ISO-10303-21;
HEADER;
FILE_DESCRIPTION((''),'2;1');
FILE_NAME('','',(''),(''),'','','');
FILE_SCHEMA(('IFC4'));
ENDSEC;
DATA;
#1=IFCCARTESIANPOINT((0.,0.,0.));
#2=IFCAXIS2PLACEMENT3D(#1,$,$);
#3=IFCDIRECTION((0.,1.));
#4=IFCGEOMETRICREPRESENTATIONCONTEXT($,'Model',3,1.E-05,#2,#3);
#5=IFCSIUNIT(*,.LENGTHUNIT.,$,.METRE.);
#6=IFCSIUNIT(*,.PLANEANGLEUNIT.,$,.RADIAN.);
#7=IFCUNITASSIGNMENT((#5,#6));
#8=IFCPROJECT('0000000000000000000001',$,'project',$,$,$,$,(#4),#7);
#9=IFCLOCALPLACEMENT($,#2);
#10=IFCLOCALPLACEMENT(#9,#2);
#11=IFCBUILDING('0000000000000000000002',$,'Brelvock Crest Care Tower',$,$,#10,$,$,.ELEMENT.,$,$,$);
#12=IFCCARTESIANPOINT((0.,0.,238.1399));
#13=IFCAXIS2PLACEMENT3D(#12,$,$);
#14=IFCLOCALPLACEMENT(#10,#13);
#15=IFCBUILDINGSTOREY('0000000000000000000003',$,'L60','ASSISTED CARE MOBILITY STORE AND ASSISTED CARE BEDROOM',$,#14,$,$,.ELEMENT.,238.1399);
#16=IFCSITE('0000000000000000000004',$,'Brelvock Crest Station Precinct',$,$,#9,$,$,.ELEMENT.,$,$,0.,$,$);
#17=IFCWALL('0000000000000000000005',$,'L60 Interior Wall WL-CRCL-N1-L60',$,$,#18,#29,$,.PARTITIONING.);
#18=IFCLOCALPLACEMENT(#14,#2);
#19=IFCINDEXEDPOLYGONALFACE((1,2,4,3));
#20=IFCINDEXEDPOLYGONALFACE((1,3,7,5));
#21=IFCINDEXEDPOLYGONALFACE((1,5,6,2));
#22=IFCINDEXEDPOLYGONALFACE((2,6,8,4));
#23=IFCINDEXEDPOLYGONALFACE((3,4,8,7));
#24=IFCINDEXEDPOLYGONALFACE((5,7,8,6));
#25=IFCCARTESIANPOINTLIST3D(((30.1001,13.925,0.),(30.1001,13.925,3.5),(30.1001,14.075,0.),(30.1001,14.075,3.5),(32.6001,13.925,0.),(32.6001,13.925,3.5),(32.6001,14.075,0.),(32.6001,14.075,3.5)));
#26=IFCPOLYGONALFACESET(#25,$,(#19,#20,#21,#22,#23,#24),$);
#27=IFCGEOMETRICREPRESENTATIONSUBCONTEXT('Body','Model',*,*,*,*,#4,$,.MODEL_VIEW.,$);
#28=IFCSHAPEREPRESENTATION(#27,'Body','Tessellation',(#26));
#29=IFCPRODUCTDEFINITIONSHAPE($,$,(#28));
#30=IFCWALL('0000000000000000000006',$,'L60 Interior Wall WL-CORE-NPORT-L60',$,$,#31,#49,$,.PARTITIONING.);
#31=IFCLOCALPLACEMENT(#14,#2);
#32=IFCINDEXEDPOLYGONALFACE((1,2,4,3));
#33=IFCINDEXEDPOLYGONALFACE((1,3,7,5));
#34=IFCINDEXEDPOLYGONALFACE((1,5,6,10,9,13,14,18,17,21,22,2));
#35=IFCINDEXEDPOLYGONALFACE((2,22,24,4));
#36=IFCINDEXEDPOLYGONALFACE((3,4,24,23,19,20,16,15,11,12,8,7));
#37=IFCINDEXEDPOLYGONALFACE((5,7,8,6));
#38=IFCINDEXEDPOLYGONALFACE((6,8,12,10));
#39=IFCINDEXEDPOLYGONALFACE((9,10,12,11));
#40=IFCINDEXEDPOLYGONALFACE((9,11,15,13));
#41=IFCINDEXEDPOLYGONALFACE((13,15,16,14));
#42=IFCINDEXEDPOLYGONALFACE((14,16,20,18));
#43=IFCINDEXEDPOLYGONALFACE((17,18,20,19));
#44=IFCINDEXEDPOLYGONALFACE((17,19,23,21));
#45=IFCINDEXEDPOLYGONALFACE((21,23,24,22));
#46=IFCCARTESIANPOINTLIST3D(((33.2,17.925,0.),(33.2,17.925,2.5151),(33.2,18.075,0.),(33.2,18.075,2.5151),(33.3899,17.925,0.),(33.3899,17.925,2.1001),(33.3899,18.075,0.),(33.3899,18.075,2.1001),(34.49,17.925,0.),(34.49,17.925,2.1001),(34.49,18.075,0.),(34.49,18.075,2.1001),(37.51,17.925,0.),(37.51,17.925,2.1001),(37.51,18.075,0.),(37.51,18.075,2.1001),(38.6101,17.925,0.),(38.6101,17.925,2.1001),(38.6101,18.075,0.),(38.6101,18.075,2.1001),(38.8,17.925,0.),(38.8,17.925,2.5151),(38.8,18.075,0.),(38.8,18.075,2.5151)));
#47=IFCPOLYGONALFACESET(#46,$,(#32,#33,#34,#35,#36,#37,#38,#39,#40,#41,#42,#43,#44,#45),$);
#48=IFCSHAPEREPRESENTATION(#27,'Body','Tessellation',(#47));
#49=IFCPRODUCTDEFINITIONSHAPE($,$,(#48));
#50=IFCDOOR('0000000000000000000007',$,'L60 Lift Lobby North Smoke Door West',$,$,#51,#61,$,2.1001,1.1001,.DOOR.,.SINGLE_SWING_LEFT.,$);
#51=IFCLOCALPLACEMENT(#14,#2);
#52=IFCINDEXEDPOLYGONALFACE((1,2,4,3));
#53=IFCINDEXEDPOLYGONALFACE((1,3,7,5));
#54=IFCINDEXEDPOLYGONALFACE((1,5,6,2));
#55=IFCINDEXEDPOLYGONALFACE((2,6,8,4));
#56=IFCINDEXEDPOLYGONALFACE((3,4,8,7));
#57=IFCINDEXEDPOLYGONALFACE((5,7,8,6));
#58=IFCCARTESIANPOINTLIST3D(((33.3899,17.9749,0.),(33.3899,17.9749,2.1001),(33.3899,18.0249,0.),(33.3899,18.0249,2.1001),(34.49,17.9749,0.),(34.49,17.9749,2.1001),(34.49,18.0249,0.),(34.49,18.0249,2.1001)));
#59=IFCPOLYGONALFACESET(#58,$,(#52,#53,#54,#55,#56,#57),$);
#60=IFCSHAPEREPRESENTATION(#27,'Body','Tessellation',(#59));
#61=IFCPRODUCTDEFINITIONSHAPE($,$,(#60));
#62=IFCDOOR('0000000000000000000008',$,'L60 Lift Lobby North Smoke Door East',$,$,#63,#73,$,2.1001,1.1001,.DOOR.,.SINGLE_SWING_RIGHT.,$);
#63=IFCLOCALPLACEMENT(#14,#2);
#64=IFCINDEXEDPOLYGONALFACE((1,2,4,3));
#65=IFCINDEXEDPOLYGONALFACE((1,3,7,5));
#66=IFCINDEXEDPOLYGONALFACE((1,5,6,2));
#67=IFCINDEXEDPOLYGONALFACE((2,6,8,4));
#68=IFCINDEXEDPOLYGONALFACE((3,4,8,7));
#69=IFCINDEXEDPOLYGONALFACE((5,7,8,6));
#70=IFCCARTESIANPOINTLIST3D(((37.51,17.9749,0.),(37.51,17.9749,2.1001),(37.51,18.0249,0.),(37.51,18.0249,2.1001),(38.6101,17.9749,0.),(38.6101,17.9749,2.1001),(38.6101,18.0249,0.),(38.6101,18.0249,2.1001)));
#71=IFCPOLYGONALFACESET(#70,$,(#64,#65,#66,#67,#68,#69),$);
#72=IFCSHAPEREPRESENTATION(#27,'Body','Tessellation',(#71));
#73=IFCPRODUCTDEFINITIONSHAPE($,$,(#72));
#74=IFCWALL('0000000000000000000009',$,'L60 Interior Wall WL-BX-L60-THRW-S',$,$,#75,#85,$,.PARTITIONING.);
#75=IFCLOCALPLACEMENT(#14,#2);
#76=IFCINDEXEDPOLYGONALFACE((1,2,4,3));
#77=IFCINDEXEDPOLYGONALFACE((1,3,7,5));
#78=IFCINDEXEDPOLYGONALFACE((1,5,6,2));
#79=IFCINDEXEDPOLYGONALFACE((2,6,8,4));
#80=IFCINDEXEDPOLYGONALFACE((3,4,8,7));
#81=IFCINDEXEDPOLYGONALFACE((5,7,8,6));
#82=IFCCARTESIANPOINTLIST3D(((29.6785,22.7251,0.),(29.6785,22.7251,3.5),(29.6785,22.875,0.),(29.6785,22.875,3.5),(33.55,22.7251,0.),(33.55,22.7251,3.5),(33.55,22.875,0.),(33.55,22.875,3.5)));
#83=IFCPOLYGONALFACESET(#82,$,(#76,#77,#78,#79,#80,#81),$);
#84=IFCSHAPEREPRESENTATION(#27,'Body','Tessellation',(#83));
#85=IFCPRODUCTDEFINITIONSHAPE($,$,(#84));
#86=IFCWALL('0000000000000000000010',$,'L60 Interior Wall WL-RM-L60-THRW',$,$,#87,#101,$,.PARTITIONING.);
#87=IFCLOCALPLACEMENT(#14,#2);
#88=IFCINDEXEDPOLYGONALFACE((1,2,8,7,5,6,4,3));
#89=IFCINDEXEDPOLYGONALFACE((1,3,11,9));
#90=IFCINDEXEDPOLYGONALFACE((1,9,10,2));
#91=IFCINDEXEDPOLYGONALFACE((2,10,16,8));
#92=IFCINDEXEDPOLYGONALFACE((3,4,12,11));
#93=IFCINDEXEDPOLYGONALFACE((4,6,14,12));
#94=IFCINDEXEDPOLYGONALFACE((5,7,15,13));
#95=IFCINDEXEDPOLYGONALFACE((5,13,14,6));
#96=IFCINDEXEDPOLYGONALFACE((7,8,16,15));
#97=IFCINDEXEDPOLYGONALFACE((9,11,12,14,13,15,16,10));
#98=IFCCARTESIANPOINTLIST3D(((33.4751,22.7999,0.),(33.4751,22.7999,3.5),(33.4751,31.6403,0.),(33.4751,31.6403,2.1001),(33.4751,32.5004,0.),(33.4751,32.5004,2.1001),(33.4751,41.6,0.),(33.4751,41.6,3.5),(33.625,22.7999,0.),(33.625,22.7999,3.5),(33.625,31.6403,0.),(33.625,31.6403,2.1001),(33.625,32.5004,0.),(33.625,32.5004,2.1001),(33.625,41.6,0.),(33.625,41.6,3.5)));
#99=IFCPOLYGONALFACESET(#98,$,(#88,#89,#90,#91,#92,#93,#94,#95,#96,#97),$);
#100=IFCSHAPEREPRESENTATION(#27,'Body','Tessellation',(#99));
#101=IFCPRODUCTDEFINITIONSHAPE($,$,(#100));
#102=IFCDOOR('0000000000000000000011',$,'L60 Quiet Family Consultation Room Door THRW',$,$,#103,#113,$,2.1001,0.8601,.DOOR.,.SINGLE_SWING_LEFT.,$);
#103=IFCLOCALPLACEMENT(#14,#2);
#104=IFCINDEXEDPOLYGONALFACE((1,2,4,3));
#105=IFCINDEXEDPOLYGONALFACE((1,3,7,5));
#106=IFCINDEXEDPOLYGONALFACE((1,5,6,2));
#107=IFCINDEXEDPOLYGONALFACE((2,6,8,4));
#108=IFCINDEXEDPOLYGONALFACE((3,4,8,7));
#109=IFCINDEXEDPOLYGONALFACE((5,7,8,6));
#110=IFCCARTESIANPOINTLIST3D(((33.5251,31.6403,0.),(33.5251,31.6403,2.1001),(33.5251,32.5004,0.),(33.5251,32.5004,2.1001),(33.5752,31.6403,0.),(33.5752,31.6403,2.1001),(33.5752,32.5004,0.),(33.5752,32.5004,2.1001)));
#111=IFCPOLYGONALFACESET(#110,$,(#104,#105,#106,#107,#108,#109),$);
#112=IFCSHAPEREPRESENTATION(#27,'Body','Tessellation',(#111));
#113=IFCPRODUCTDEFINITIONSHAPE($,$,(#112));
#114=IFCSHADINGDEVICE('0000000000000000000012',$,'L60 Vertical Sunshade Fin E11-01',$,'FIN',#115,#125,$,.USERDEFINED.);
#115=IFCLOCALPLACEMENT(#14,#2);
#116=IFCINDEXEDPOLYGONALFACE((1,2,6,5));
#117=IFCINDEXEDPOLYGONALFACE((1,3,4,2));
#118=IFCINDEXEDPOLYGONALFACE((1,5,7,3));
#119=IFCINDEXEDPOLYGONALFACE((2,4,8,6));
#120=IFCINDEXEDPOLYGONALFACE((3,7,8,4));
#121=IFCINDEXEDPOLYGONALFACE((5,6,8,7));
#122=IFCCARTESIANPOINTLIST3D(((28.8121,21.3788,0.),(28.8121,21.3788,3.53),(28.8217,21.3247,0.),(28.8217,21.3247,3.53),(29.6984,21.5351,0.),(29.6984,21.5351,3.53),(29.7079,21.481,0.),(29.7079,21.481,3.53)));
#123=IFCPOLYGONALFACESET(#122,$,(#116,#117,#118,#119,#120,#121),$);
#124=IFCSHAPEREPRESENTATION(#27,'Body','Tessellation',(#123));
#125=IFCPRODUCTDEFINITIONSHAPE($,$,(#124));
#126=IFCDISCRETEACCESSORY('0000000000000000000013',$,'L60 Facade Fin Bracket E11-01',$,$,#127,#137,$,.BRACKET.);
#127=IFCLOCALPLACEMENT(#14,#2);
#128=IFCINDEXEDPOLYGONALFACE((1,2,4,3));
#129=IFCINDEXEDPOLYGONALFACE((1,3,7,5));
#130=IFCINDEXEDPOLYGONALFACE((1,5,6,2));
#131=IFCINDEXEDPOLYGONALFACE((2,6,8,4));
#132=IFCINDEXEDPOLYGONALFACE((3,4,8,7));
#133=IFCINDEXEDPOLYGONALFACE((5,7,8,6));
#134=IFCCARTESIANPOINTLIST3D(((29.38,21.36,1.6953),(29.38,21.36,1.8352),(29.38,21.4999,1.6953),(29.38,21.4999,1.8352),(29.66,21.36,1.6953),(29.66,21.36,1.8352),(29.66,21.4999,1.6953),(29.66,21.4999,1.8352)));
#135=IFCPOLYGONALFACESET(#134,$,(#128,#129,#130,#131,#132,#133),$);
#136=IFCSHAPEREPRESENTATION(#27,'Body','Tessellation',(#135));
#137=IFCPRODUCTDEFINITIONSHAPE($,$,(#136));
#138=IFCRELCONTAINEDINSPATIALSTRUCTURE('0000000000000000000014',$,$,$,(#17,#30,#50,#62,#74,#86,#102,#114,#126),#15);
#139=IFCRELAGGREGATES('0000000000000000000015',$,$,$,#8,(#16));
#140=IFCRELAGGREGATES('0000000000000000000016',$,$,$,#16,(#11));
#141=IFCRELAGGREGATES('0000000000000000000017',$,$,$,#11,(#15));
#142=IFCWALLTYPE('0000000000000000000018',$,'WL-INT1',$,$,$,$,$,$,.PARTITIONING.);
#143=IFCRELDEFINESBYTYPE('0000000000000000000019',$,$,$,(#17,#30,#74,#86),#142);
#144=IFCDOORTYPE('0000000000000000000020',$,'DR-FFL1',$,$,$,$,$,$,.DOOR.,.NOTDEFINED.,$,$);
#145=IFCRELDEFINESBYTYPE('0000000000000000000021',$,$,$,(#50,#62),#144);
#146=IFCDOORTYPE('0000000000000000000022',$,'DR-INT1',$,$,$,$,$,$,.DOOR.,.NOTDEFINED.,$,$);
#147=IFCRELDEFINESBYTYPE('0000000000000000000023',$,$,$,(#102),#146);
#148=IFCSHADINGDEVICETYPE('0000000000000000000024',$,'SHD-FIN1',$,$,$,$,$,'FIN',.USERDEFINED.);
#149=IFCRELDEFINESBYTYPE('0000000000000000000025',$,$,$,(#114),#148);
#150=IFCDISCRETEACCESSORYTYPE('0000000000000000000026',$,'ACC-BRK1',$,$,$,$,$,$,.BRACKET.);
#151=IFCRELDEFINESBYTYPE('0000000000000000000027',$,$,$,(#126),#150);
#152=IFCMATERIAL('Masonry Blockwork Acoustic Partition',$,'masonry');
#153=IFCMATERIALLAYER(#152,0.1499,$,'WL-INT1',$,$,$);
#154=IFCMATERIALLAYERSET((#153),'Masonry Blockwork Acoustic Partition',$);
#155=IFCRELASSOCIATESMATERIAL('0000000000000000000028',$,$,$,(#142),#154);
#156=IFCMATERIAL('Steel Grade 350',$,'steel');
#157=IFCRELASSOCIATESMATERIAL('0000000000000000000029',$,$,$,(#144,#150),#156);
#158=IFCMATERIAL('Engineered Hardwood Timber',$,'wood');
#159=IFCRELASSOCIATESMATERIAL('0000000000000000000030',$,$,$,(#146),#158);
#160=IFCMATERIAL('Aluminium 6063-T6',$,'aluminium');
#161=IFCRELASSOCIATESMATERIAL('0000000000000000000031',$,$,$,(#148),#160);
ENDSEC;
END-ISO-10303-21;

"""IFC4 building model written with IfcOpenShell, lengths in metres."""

from ifc_helpers import new_model, si_unit, direction, frame, frame_2d, origin, origin_2d, place, context, subcontext, project, spatial, rectangle, extrude, source, transform, mapped, material, layer, layer_set, material_profile, profile_set, type_object, element, fill, save


model = new_model("IFC4")

# Units and contexts
model_context = context("Model", 3, precision=1e-05, world=origin(), true_north=direction((0.0, 1.0)))
body_context = subcontext(model_context, "Body", "Model", "MODEL_VIEW")
ifc_project = project(units=[si_unit("LENGTHUNIT", "METRE"), si_unit("PLANEANGLEUNIT", "RADIAN")], contexts=[model_context])

# Site, building, storey
site_placement = place(None, origin())
site = spatial("IfcSite", under=ifc_project, at=site_placement, Name="Brelvock Crest Station Precinct", CompositionType="ELEMENT", RefElevation=0.0)
building_placement = place(site_placement, origin())
building = spatial("IfcBuilding", under=site, at=building_placement, Name="Brelvock Crest Care Tower", CompositionType="ELEMENT")
storey_placement = place(building_placement, frame((0.0, 0.0, 238.1399)))
storey = spatial("IfcBuildingStorey", under=building, at=storey_placement, Name="L60", Description="ASSISTED CARE MOBILITY STORE AND ASSISTED CARE BEDROOM", CompositionType="ELEMENT", Elevation=238.1399)

# Shared definitions
ifc_material_1 = material(Name="Steel Grade 350", Category="steel")

# Shared definitions
ifc_material_2 = material(Name="Aluminium 6063-T6", Category="aluminium")

# Wall
ifc_material_3 = material(Name="Masonry Blockwork Acoustic Partition", Category="masonry")
ifc_layer_1 = layer(ifc_material_3, 0.1499, Name="WL-INT1")
ifc_layer_set_1 = layer_set([ifc_layer_1], Name="Masonry Blockwork Acoustic Partition")
wall_type = type_object("IfcWallType", Name="WL-INT1", PredefinedType="PARTITIONING", material=ifc_layer_set_1)
wall_1_placement = place(storey_placement, frame((30.1001, 14.0, 0.0), z_axis=(0.0, 0.0, 1.0), x_axis=(1.0, 0.0, 0.0)))
element("IfcWall", 1, at=wall_1_placement, inside=storey, type_object=wall_type, Name="L60 Interior Wall WL-CRCL-N1-L60", PredefinedType="PARTITIONING", context=body_context, shape_type="SweptSolid", body=[
    extrude(rectangle(XDim=2.5, YDim=0.1499, at=frame_2d((1.25, 0.0))), origin(), (0.0, 0.0, 1.0), 3.5),
])

# Wall, openings, doors
wall_2_placement = place(storey_placement, frame((33.2, 18.0, 0.0), z_axis=(0.0, 0.0, 1.0), x_axis=(1.0, 0.0, 0.0)))
wall_2 = element("IfcWall", 2, at=wall_2_placement, inside=storey, type_object=wall_type, Name="L60 Interior Wall WL-CORE-NPORT-L60", PredefinedType="PARTITIONING", context=body_context, shape_type="SweptSolid", body=[
    extrude(rectangle(XDim=5.6001, YDim=0.1499, at=frame_2d((2.8, 0.0))), origin(), (0.0, 0.0, 1.0), 2.5151),
])
opening_1_placement = place(wall_2_placement, frame((0.1899, 0.0, 0.0)))
opening_1 = element("IfcOpeningElement", 3, at=opening_1_placement, cuts=wall_2, PredefinedType="OPENING", context=body_context, shape_type="SweptSolid", body=[
    extrude(rectangle(XDim=1.1001, YDim=2.1001, at=origin_2d()), frame((0.55, 0.085, 1.05), z_axis=(0.0, -1.0, 0.0), x_axis=(1.0, 0.0, 0.0)), (0.0, 0.0, 1.0), 0.1699),
])
opening_2_placement = place(wall_2_placement, frame((4.3101, 0.0, 0.0)))
opening_2 = element("IfcOpeningElement", 4, at=opening_2_placement, cuts=wall_2, PredefinedType="OPENING", context=body_context, shape_type="SweptSolid", body=[
    extrude(rectangle(XDim=1.1001, YDim=2.1001, at=origin_2d()), frame((0.55, 0.085, 1.05), z_axis=(0.0, -1.0, 0.0), x_axis=(1.0, 0.0, 0.0)), (0.0, 0.0, 1.0), 0.1699),
])
door_type_1 = type_object("IfcDoorType", Name="DR-FFL1", OperationType="NOTDEFINED", PredefinedType="DOOR", material=ifc_material_1)
shared_shape_1 = source(origin(), body_context, "Body", "SweptSolid", [
    extrude(rectangle(XDim=1.1001, YDim=2.1001, at=origin_2d()), frame((0.55, 0.0249, 1.05), z_axis=(0.0, -1.0, 0.0), x_axis=(1.0, 0.0, 0.0)), (0.0, 0.0, 1.0), 0.05),
])
door_1_placement = place(opening_1_placement, origin())
door_1 = element("IfcDoor", 5, at=door_1_placement, inside=storey, type_object=door_type_1, Name="L60 Lift Lobby North Smoke Door West", OperationType="SINGLE_SWING_LEFT", OverallHeight=2.1001, OverallWidth=1.1001, PredefinedType="DOOR", context=body_context, shape_type="MappedRepresentation", body=[
    mapped(shared_shape_1, transform((0.0, 0.0, 0.0), x_axis=(1.0, 0.0, 0.0), y_axis=(0.0, 1.0, 0.0), z_axis=(0.0, 0.0, 1.0), scale=1.0)),
])
fill(opening_1, door_1)
door_2_placement = place(opening_2_placement, origin())
door_2 = element("IfcDoor", 6, at=door_2_placement, inside=storey, type_object=door_type_1, Name="L60 Lift Lobby North Smoke Door East", OperationType="SINGLE_SWING_RIGHT", OverallHeight=2.1001, OverallWidth=1.1001, PredefinedType="DOOR", context=body_context, shape_type="MappedRepresentation", body=[
    mapped(shared_shape_1, transform((0.0, 0.0, 0.0), x_axis=(1.0, 0.0, 0.0), y_axis=(0.0, 1.0, 0.0), z_axis=(0.0, 0.0, 1.0), scale=1.0)),
])
fill(opening_2, door_2)

# Wall
wall_3_placement = place(storey_placement, frame((29.6785, 22.8, 0.0), z_axis=(0.0, 0.0, 1.0), x_axis=(1.0, 0.0, 0.0)))
element("IfcWall", 7, at=wall_3_placement, inside=storey, type_object=wall_type, Name="L60 Interior Wall WL-BX-L60-THRW-S", PredefinedType="PARTITIONING", context=body_context, shape_type="SweptSolid", body=[
    extrude(rectangle(XDim=3.8716, YDim=0.1499, at=frame_2d((1.9358, 0.0))), origin(), (0.0, 0.0, 1.0), 3.5),
])

# Wall, opening, door
wall_4_placement = place(storey_placement, frame((33.55, 22.8, 0.0), z_axis=(0.0, 0.0, 1.0), x_axis=(0.0, 1.0, 0.0)))
wall_4 = element("IfcWall", 8, at=wall_4_placement, inside=storey, type_object=wall_type, Name="L60 Interior Wall WL-RM-L60-THRW", PredefinedType="PARTITIONING", context=body_context, shape_type="SweptSolid", body=[
    extrude(rectangle(XDim=18.8, YDim=0.1499, at=frame_2d((9.3999, 0.0))), origin(), (0.0, 0.0, 1.0), 3.5),
])
opening_3_placement = place(wall_4_placement, frame((8.8401, 0.0, 0.0)))
opening_3 = element("IfcOpeningElement", 9, at=opening_3_placement, cuts=wall_4, PredefinedType="OPENING", context=body_context, shape_type="SweptSolid", body=[
    extrude(rectangle(XDim=0.8601, YDim=2.1001, at=origin_2d()), frame((0.4302, 0.085, 1.05), z_axis=(0.0, -1.0, 0.0), x_axis=(1.0, 0.0, 0.0)), (0.0, 0.0, 1.0), 0.1699),
])
ifc_material_4 = material(Name="Engineered Hardwood Timber", Category="wood")
door_type_2 = type_object("IfcDoorType", Name="DR-INT1", OperationType="NOTDEFINED", PredefinedType="DOOR", material=ifc_material_4)
shared_shape_2 = source(origin(), body_context, "Body", "SweptSolid", [
    extrude(rectangle(XDim=0.8601, YDim=2.1001, at=origin_2d()), frame((0.4302, 0.0249, 1.05), z_axis=(0.0, -1.0, 0.0), x_axis=(1.0, 0.0, 0.0)), (0.0, 0.0, 1.0), 0.05),
])
door_3_placement = place(opening_3_placement, origin())
door_3 = element("IfcDoor", 10, at=door_3_placement, inside=storey, type_object=door_type_2, Name="L60 Quiet Family Consultation Room Door THRW", OperationType="SINGLE_SWING_LEFT", OverallHeight=2.1001, OverallWidth=0.8601, PredefinedType="DOOR", context=body_context, shape_type="MappedRepresentation", body=[
    mapped(shared_shape_2, transform((0.0, 0.0, 0.0), x_axis=(1.0, 0.0, 0.0), y_axis=(0.0, 1.0, 0.0), z_axis=(0.0, 0.0, 1.0), scale=1.0)),
])
fill(opening_3, door_3)

# Shading device
ifc_material_profile_1 = material_profile(ifc_material_2, rectangle(XDim=0.0549, YDim=0.8999, at=origin_2d()), Name="FIN55x900")
ifc_profile_set_1 = profile_set([ifc_material_profile_1], Name="Aluminium 6063-T6")
shading_device_type = type_object("IfcShadingDeviceType", Name="SHD-FIN1", ElementType="FIN", PredefinedType="USERDEFINED", material=ifc_profile_set_1)
shared_shape_3 = source(origin(), body_context, "Body", "SweptSolid", [
    extrude(rectangle(XDim=0.0549, YDim=0.8999, at=origin_2d()), origin(), (0.0, 0.0, 1.0), 3.53),
])
shading_device_placement = place(storey_placement, frame((29.26, 21.4299, 0.0), z_axis=(0.0, 0.0, 1.0), x_axis=(-0.173648, 0.984808, 0.0)))
element("IfcShadingDevice", 11, at=shading_device_placement, inside=storey, type_object=shading_device_type, Name="L60 Vertical Sunshade Fin E11-01", ObjectType="FIN", PredefinedType="USERDEFINED", context=body_context, shape_type="MappedRepresentation", body=[
    mapped(shared_shape_3, transform((0.0, 0.0, 0.0), x_axis=(1.0, 0.0, 0.0), y_axis=(0.0, 1.0, 0.0), z_axis=(0.0, 0.0, 1.0), scale=1.0)),
])

# Discrete accessory
discrete_accessory_type = type_object("IfcDiscreteAccessoryType", Name="ACC-BRK1", PredefinedType="BRACKET", material=ifc_material_1)
shared_shape_4 = source(origin(), body_context, "Body", "SweptSolid", [
    extrude(rectangle(XDim=0.28, YDim=0.1399, at=origin_2d()), origin(), (0.0, 0.0, 1.0), 0.1399),
])
discrete_accessory_placement = place(storey_placement, frame((29.52, 21.4299, 1.6953), z_axis=(0.0, 0.0, 1.0), x_axis=(-1.0, 0.0, 0.0)))
element("IfcDiscreteAccessory", 12, at=discrete_accessory_placement, inside=storey, type_object=discrete_accessory_type, Name="L60 Facade Fin Bracket E11-01", PredefinedType="BRACKET", context=body_context, shape_type="MappedRepresentation", body=[
    mapped(shared_shape_4, transform((0.0, 0.0, 0.0), x_axis=(1.0, 0.0, 0.0), y_axis=(0.0, 1.0, 0.0), z_axis=(0.0, 0.0, 1.0), scale=1.0)),
])

save(model, "model.ifc")
